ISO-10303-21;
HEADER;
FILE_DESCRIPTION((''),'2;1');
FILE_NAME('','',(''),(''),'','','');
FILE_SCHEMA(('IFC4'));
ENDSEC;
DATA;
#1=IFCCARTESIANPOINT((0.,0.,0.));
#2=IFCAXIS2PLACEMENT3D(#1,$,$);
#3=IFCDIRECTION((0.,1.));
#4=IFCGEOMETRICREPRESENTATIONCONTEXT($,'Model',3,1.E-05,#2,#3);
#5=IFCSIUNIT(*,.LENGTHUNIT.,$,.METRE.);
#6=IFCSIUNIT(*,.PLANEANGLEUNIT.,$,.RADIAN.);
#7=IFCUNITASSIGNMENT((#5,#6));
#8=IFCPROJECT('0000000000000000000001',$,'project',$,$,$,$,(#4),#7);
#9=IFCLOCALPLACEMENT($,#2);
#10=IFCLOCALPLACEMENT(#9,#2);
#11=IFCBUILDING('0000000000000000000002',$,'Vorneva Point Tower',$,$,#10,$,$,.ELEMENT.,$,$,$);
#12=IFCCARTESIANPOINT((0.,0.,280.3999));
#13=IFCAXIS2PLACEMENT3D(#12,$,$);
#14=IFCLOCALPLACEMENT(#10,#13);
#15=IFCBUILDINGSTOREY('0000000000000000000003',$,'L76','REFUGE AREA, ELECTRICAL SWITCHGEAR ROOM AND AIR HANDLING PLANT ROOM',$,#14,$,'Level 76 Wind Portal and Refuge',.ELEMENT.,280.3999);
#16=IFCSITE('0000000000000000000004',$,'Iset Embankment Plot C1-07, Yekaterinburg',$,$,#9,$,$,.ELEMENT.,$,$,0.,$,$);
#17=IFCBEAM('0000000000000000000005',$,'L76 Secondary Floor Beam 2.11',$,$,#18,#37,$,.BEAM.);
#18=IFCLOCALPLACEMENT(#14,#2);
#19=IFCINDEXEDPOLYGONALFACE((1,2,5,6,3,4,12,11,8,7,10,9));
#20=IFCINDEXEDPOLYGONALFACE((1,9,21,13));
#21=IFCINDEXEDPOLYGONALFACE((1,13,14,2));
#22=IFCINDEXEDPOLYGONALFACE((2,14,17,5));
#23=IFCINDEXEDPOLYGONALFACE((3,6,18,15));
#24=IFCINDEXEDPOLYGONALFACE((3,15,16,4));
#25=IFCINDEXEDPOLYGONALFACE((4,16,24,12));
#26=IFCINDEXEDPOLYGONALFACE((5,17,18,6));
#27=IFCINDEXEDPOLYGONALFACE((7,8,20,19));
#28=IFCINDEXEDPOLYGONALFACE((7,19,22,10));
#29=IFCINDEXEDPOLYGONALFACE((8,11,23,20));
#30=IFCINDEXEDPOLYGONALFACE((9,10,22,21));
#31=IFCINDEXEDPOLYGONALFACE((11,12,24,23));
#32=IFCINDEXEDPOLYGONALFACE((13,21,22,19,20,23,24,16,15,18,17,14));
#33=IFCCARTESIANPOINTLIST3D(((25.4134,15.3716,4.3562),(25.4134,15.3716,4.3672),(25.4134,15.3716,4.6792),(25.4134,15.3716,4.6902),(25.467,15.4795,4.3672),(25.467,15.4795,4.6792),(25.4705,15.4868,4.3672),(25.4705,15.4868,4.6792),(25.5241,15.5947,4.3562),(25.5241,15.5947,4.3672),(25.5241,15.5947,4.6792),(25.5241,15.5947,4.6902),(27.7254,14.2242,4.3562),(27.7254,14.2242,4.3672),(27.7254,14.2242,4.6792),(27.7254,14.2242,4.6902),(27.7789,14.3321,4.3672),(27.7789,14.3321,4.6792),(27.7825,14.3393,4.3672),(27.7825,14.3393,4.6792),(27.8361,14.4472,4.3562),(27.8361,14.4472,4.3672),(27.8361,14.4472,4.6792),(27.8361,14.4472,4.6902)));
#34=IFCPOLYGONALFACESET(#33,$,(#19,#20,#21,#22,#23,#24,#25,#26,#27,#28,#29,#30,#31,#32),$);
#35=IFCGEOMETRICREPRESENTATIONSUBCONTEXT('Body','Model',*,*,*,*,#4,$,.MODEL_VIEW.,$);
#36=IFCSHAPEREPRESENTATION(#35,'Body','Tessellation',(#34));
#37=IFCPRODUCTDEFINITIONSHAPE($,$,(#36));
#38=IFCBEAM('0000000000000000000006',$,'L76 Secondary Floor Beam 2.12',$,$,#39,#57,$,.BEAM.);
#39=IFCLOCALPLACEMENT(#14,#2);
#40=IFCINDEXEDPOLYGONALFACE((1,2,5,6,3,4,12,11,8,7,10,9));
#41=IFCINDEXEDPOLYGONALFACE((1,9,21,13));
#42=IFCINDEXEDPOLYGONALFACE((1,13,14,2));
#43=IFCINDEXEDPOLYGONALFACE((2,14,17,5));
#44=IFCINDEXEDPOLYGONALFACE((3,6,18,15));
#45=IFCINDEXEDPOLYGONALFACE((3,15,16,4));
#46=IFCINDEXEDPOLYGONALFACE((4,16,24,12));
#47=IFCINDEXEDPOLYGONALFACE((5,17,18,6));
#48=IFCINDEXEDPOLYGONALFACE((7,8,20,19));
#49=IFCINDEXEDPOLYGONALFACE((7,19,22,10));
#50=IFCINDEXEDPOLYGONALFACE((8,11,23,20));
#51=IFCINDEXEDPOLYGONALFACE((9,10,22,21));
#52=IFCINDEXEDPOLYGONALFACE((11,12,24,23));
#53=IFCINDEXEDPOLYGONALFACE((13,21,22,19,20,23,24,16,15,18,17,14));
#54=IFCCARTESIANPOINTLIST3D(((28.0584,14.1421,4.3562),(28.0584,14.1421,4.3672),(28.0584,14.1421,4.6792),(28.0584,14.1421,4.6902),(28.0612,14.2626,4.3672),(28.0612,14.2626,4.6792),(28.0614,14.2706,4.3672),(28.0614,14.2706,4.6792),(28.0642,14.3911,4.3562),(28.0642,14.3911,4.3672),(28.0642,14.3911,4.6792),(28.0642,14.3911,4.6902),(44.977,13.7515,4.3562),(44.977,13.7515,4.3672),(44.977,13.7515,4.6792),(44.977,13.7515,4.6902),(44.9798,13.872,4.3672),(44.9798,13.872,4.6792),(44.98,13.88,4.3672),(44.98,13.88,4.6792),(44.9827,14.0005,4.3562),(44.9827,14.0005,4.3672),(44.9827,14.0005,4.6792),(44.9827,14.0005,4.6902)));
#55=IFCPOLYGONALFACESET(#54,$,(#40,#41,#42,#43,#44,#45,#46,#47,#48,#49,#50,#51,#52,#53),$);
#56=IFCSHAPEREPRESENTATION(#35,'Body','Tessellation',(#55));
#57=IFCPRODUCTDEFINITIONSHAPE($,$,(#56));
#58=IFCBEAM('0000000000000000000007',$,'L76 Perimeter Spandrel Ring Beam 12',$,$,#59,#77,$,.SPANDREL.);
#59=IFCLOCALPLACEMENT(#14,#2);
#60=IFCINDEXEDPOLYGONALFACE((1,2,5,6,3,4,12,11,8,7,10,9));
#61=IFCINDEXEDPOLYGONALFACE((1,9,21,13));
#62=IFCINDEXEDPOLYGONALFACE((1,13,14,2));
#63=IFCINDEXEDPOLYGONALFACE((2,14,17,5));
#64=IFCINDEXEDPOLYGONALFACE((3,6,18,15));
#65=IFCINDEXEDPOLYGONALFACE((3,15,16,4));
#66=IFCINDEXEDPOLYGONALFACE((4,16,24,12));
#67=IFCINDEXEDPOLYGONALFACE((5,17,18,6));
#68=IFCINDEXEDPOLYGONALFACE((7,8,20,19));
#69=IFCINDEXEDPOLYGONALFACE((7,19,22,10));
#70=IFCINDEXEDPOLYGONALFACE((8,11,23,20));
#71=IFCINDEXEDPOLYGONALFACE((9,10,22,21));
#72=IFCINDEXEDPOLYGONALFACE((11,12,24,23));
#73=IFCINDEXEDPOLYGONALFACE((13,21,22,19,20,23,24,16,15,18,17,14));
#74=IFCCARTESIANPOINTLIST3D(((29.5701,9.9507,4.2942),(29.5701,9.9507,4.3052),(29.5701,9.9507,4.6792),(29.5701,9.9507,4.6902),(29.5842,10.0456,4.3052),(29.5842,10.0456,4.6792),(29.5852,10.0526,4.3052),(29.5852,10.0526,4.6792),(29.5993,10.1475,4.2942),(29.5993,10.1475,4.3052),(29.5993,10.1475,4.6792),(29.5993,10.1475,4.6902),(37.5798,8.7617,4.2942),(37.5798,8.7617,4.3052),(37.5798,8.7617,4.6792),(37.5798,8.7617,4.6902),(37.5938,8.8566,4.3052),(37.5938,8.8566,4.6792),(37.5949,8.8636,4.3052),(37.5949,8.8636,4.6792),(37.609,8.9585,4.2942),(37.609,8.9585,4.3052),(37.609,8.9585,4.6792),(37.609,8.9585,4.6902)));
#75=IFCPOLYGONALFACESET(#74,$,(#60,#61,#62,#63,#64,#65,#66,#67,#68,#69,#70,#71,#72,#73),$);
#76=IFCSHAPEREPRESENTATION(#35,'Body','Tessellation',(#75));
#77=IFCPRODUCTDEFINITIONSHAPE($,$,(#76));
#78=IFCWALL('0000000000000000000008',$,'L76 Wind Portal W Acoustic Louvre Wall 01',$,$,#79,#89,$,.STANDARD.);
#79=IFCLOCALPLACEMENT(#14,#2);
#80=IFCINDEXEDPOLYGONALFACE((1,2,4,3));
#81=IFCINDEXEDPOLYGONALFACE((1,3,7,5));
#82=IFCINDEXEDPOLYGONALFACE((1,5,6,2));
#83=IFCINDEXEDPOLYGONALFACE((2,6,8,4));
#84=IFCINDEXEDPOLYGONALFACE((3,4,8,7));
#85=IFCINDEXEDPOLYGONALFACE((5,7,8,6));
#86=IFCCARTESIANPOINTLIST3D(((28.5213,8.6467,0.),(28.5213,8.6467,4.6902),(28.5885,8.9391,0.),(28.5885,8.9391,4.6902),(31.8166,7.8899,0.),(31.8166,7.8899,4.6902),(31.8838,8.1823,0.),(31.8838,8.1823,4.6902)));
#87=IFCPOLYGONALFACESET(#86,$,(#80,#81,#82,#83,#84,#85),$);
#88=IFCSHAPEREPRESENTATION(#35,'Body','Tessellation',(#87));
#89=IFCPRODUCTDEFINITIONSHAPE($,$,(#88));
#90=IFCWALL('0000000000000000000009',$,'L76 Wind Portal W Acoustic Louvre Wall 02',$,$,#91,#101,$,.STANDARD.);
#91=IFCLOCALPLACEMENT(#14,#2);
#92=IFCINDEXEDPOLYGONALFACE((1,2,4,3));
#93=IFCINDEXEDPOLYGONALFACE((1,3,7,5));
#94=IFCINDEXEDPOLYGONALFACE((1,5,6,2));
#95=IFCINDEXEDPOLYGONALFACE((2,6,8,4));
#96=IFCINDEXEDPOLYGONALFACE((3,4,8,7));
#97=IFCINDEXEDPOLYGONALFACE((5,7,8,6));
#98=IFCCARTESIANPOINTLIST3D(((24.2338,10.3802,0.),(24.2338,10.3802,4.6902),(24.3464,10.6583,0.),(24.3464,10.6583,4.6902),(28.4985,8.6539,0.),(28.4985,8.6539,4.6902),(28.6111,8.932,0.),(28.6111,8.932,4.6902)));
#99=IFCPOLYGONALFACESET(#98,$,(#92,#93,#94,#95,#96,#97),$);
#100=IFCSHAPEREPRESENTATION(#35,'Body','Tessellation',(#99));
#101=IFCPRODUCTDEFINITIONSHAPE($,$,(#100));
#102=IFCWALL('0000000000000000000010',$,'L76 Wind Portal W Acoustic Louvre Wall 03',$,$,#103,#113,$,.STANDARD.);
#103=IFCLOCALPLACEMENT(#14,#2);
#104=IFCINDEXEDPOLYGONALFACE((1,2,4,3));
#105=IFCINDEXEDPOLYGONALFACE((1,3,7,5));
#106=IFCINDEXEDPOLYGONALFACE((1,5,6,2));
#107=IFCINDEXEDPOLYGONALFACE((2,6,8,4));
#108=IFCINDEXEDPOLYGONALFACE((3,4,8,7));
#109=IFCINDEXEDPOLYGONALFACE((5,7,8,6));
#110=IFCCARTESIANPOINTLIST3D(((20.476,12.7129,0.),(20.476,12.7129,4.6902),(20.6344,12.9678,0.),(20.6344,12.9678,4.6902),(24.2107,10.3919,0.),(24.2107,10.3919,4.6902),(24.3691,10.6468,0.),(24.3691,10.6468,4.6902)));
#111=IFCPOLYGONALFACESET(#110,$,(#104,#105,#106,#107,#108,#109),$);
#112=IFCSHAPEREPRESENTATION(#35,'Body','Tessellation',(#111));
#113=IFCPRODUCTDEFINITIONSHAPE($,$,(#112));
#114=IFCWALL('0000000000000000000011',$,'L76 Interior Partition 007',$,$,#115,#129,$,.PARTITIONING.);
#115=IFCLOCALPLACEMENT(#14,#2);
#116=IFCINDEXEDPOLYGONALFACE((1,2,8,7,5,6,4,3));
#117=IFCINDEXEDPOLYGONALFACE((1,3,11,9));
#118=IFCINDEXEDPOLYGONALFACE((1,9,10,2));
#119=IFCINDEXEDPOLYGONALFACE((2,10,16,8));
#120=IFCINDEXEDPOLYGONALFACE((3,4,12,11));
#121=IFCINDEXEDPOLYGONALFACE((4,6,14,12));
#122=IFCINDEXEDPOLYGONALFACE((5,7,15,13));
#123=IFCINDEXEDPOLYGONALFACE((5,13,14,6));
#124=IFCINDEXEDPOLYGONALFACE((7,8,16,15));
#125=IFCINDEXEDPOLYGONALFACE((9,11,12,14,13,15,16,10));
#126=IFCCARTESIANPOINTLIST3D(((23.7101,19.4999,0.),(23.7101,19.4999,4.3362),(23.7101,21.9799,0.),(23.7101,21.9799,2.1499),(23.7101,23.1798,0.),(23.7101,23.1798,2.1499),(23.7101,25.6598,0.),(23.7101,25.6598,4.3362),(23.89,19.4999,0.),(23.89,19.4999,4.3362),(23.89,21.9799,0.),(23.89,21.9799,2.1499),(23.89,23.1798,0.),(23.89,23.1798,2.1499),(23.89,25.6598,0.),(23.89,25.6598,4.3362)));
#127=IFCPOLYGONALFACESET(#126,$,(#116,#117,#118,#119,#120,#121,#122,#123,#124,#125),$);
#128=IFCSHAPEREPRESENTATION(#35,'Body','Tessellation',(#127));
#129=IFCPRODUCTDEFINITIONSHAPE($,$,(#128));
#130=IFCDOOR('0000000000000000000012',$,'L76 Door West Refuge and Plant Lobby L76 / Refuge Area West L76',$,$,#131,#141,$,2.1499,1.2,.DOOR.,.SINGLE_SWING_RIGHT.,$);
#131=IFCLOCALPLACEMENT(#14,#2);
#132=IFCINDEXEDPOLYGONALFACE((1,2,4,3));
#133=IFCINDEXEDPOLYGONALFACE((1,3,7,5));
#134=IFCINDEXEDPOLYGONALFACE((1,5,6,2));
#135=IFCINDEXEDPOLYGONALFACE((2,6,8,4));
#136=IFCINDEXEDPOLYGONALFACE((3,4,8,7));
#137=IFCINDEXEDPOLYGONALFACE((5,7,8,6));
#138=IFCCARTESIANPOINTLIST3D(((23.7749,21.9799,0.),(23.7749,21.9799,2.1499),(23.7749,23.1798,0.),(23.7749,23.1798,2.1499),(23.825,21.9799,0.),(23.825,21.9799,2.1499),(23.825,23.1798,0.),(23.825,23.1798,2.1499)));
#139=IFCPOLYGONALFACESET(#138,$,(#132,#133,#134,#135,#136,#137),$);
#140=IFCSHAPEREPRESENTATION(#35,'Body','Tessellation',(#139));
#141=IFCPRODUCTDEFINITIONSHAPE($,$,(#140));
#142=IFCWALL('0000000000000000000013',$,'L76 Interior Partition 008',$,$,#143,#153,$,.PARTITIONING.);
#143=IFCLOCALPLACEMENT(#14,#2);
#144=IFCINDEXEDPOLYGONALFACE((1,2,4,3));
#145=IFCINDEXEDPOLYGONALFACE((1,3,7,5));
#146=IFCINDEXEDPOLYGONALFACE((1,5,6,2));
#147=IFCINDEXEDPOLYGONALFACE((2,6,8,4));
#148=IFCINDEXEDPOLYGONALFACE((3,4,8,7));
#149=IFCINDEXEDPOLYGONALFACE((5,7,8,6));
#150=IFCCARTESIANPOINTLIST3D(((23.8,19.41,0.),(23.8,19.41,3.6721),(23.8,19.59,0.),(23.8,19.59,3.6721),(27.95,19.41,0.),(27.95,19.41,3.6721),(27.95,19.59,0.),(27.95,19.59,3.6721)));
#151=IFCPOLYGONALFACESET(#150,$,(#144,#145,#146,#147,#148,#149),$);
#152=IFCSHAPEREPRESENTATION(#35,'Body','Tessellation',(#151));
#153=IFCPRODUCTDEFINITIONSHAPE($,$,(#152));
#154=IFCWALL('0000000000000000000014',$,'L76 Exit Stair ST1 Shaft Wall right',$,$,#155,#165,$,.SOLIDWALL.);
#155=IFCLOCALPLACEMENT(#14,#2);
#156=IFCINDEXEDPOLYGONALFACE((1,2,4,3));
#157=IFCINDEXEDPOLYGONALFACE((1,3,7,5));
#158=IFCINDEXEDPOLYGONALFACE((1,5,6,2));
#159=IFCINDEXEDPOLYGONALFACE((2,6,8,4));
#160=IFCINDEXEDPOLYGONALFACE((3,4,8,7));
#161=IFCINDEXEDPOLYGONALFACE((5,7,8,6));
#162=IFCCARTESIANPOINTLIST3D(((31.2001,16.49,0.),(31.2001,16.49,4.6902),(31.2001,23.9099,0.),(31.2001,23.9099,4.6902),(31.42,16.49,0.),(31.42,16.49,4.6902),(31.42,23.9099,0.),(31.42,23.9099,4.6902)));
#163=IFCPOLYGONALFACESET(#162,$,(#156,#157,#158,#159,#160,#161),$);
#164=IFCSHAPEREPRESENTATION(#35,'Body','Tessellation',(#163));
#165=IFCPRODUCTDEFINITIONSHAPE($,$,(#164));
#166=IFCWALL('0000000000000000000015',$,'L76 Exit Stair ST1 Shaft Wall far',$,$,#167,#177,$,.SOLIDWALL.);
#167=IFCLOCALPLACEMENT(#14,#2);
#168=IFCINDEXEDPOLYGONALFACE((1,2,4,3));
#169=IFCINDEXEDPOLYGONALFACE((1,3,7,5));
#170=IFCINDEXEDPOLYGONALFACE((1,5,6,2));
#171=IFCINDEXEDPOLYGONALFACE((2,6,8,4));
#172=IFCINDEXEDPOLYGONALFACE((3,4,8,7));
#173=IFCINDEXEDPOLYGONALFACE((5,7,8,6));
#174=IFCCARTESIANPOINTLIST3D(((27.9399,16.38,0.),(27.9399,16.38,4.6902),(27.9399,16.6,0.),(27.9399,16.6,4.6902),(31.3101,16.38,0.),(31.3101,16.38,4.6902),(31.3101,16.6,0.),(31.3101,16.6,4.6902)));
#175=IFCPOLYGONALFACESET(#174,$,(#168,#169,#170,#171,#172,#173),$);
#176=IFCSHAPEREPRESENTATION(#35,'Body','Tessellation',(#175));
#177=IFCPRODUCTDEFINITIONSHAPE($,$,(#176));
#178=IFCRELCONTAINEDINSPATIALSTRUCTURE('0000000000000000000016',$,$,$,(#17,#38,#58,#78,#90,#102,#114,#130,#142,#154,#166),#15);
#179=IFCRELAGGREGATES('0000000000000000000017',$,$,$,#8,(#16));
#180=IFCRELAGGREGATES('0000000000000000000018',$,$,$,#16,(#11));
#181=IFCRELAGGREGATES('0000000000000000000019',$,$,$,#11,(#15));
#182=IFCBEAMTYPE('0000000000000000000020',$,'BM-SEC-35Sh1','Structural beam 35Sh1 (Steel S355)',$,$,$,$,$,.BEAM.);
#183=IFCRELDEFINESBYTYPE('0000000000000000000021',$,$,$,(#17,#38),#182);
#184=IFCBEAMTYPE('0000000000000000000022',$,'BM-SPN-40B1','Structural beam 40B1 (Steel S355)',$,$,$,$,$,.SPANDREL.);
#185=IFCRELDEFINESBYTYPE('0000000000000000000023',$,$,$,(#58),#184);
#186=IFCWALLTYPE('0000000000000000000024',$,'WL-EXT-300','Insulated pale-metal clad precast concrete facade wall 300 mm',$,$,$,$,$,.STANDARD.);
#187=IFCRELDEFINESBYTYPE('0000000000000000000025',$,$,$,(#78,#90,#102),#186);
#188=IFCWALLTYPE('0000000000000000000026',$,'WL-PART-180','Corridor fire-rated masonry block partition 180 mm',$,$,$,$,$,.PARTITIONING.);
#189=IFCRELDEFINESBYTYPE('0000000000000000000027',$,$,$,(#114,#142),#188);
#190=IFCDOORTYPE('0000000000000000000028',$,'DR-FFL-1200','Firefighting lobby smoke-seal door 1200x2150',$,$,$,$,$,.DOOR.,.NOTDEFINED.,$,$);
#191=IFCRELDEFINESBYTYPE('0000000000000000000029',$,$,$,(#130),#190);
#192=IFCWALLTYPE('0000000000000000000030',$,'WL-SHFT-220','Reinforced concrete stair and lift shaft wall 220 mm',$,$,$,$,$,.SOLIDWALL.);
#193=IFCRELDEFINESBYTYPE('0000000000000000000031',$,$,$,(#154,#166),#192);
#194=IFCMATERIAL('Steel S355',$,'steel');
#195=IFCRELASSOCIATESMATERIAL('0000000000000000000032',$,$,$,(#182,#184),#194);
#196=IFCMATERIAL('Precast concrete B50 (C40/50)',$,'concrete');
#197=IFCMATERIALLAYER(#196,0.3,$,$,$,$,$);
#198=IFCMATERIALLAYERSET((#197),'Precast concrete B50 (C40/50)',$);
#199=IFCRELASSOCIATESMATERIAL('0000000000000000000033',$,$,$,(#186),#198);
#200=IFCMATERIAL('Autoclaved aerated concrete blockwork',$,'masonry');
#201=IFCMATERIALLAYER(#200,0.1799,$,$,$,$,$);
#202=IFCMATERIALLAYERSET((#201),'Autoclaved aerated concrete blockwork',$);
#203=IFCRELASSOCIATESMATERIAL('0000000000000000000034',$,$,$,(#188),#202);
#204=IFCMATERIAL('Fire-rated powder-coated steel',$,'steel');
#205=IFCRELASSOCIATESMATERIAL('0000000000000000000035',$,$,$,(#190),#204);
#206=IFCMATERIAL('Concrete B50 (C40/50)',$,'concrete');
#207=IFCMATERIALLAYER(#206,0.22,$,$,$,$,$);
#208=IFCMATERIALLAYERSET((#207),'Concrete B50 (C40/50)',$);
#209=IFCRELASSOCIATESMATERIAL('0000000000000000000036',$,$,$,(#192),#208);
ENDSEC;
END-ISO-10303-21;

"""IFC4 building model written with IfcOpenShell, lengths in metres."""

from ifc_helpers import new_model, si_unit, direction, frame, frame_2d, origin, origin_2d, place, context, subcontext, project, spatial, rectangle, i_section, extrude, material, layer, layer_set, material_profile, profile_set, type_object, element, fill, save


model = new_model("IFC4")

# Units and contexts
model_context = context("Model", 3, precision=1e-05, world=origin(), true_north=direction((0.0, 1.0)))
body_context = subcontext(model_context, "Body", "Model", "MODEL_VIEW")
ifc_project = project(units=[si_unit("LENGTHUNIT", "METRE"), si_unit("PLANEANGLEUNIT", "RADIAN")], contexts=[model_context])

# Site, building, storey
site_placement = place(None, origin())
site = spatial("IfcSite", under=ifc_project, at=site_placement, Name="Iset Embankment Plot C1-07, Yekaterinburg", CompositionType="ELEMENT", RefElevation=0.0)
building_placement = place(site_placement, origin())
building = spatial("IfcBuilding", under=site, at=building_placement, Name="Vorneva Point Tower", CompositionType="ELEMENT")
storey_placement = place(building_placement, frame((0.0, 0.0, 280.3999)))
storey = spatial("IfcBuildingStorey", under=building, at=storey_placement, Name="L76", Description="REFUGE AREA, ELECTRICAL SWITCHGEAR ROOM AND AIR HANDLING PLANT ROOM", LongName="Level 76 Wind Portal and Refuge", CompositionType="ELEMENT", Elevation=280.3999)

# Shared definitions
ifc_material_1 = material(Name="Concrete B50 (C40/50)", Category="concrete")

# Beams
ifc_material_2 = material(Name="Steel S355", Category="steel")
ifc_material_profile_1 = material_profile(ifc_material_2, i_section(OverallWidth=0.249, OverallDepth=0.334, WebThickness=0.0081, FlangeThickness=0.011, at=origin_2d()), Name="35Sh1")
ifc_profile_set_1 = profile_set([ifc_material_profile_1], Name="Steel S355")
beam_type_1 = type_object("IfcBeamType", Name="BM-SEC-35Sh1", Description="Structural beam 35Sh1 (Steel S355)", PredefinedType="BEAM", material=ifc_profile_set_1)
beam_1_placement = place(storey_placement, frame((25.4688, 15.4832, 4.5232), z_axis=(0.895748, -0.444563, 0.0), x_axis=(0.444563, 0.895748, 0.0)))
element("IfcBeam", 1, at=beam_1_placement, inside=storey, type_object=beam_type_1, Name="L76 Secondary Floor Beam 2.11", PredefinedType="BEAM", context=body_context, shape_type="SweptSolid", body=[
    extrude(i_section(OverallWidth=0.249, OverallDepth=0.334, WebThickness=0.0081, FlangeThickness=0.011, at=origin_2d()), origin(), (0.0, 0.0, 1.0), 2.5811),
])
beam_2_placement = place(storey_placement, frame((28.0613, 14.2666, 4.5232), z_axis=(0.999734, -0.023082, 0.0), x_axis=(0.023082, 0.999734, 0.0)))
element("IfcBeam", 2, at=beam_2_placement, inside=storey, type_object=beam_type_1, Name="L76 Secondary Floor Beam 2.12", PredefinedType="BEAM", context=body_context, shape_type="SweptSolid", body=[
    extrude(i_section(OverallWidth=0.249, OverallDepth=0.334, WebThickness=0.0081, FlangeThickness=0.011, at=origin_2d()), origin(), (0.0, 0.0, 1.0), 16.9231),
])
ifc_material_profile_2 = material_profile(ifc_material_2, i_section(OverallWidth=0.199, OverallDepth=0.396, WebThickness=0.0071, FlangeThickness=0.011, at=origin_2d()), Name="40B1")
ifc_profile_set_2 = profile_set([ifc_material_profile_2], Name="Steel S355")
beam_type_2 = type_object("IfcBeamType", Name="BM-SPN-40B1", Description="Structural beam 40B1 (Steel S355)", PredefinedType="SPANDREL", material=ifc_profile_set_2)
beam_3_placement = place(storey_placement, frame((29.5847, 10.0491, 4.4922), z_axis=(0.989162, -0.146831, 0.0), x_axis=(0.146831, 0.989162, 0.0)))
element("IfcBeam", 3, at=beam_3_placement, inside=storey, type_object=beam_type_2, Name="L76 Perimeter Spandrel Ring Beam 12", PredefinedType="SPANDREL", context=body_context, shape_type="SweptSolid", body=[
    extrude(i_section(OverallWidth=0.199, OverallDepth=0.396, WebThickness=0.0071, FlangeThickness=0.011, at=origin_2d()), origin(), (0.0, 0.0, 1.0), 8.0974),
])

# Walls
ifc_material_3 = material(Name="Precast concrete B50 (C40/50)", Category="concrete")
ifc_layer_1 = layer(ifc_material_3, 0.3)
ifc_layer_set_1 = layer_set([ifc_layer_1], Name="Precast concrete B50 (C40/50)")
wall_type_1 = type_object("IfcWallType", Name="WL-EXT-300", Description="Insulated pale-metal clad precast concrete facade wall 300 mm", PredefinedType="STANDARD", material=ifc_layer_set_1)
wall_1_placement = place(storey_placement, frame((31.8501, 8.0361, 0.0), z_axis=(0.0, 0.0, 1.0), x_axis=(-0.974627, 0.223836, 0.0)))
element("IfcWall", 4, at=wall_1_placement, inside=storey, type_object=wall_type_1, Name="L76 Wind Portal W Acoustic Louvre Wall 01", PredefinedType="STANDARD", context=body_context, shape_type="SweptSolid", body=[
    extrude(rectangle(XDim=3.3811, YDim=0.3, at=frame_2d((1.6904, 0.0))), origin(), (0.0, 0.0, 1.0), 4.6902),
])
wall_2_placement = place(storey_placement, frame((28.5547, 8.793, 0.0), z_axis=(0.0, 0.0, 1.0), x_axis=(-0.926935, 0.375221, 0.0)))
element("IfcWall", 5, at=wall_2_placement, inside=storey, type_object=wall_type_1, Name="L76 Wind Portal W Acoustic Louvre Wall 02", PredefinedType="STANDARD", context=body_context, shape_type="SweptSolid", body=[
    extrude(rectangle(XDim=4.6008, YDim=0.3, at=frame_2d((2.3003, 0.0))), origin(), (0.0, 0.0, 1.0), 4.6902),
])
wall_3_placement = place(storey_placement, frame((24.29, 10.5193, 0.0), z_axis=(0.0, 0.0, 1.0), x_axis=(-0.849349, 0.527831, 0.0)))
element("IfcWall", 6, at=wall_3_placement, inside=storey, type_object=wall_type_1, Name="L76 Wind Portal W Acoustic Louvre Wall 03", PredefinedType="STANDARD", context=body_context, shape_type="SweptSolid", body=[
    extrude(rectangle(XDim=4.3972, YDim=0.3, at=frame_2d((2.1987, 0.0))), origin(), (0.0, 0.0, 1.0), 4.6902),
])

# Wall, opening, door
ifc_material_4 = material(Name="Autoclaved aerated concrete blockwork", Category="masonry")
ifc_layer_2 = layer(ifc_material_4, 0.1799)
ifc_layer_set_2 = layer_set([ifc_layer_2], Name="Autoclaved aerated concrete blockwork")
wall_type_2 = type_object("IfcWallType", Name="WL-PART-180", Description="Corridor fire-rated masonry block partition 180 mm", PredefinedType="PARTITIONING", material=ifc_layer_set_2)
wall_4_placement = place(storey_placement, frame((23.8, 25.6599, 0.0), z_axis=(0.0, 0.0, 1.0), x_axis=(0.0, -1.0, 0.0)))
wall_4 = element("IfcWall", 7, at=wall_4_placement, inside=storey, type_object=wall_type_2, Name="L76 Interior Partition 007", PredefinedType="PARTITIONING", context=body_context, shape_type="SweptSolid", body=[
    extrude(rectangle(XDim=6.1599, YDim=0.1799, at=frame_2d((3.0801, 0.0))), origin(), (0.0, 0.0, 1.0), 4.3362),
])
opening_1_placement = place(wall_4_placement, frame((2.48, 0.0, 0.0)))
opening_1 = element("IfcOpeningElement", 8, at=opening_1_placement, cuts=wall_4, PredefinedType="OPENING", context=body_context, shape_type="SweptSolid", body=[
    extrude(rectangle(XDim=1.2, YDim=2.1499, at=frame_2d((0.6001, 1.075))), frame((0.0, 0.105, 0.0), z_axis=(0.0, -1.0, 0.0), x_axis=(1.0, 0.0, 0.0)), (0.0, 0.0, 1.0), 0.2097),
])
ifc_material_5 = material(Name="Fire-rated powder-coated steel", Category="steel")
door_type_1 = type_object("IfcDoorType", Name="DR-FFL-1200", Description="Firefighting lobby smoke-seal door 1200x2150", OperationType="NOTDEFINED", PredefinedType="DOOR", material=ifc_material_5)
door_1_placement = place(opening_1_placement, origin())
door_1 = element("IfcDoor", 9, at=door_1_placement, inside=storey, type_object=door_type_1, Name="L76 Door West Refuge and Plant Lobby L76 / Refuge Area West L76", OperationType="SINGLE_SWING_RIGHT", OverallHeight=2.1499, OverallWidth=1.2, PredefinedType="DOOR", context=body_context, shape_type="SweptSolid", body=[
    extrude(rectangle(XDim=1.2, YDim=2.1499, at=frame_2d((0.6001, 1.075))), frame((0.0, 0.0249, 0.0), z_axis=(0.0, -1.0, 0.0), x_axis=(1.0, 0.0, 0.0)), (0.0, 0.0, 1.0), 0.05),
])
fill(opening_1, door_1)

# Wall
wall_5_placement = place(storey_placement, frame((23.8, 19.5, 0.0), z_axis=(0.0, 0.0, 1.0), x_axis=(1.0, 0.0, 0.0)))
element("IfcWall", 10, at=wall_5_placement, inside=storey, type_object=wall_type_2, Name="L76 Interior Partition 008", PredefinedType="PARTITIONING", context=body_context, shape_type="SweptSolid", body=[
    extrude(rectangle(XDim=4.1499, YDim=0.1799, at=frame_2d((2.075, 0.0))), origin(), (0.0, 0.0, 1.0), 3.6721),
])

# Shared definitions
ifc_layer_3 = layer(ifc_material_1, 0.22)
ifc_layer_set_3 = layer_set([ifc_layer_3], Name="Concrete B50 (C40/50)")
wall_type_3 = type_object("IfcWallType", Name="WL-SHFT-220", Description="Reinforced concrete stair and lift shaft wall 220 mm", PredefinedType="SOLIDWALL", material=ifc_layer_set_3)

# Walls
wall_6_placement = place(storey_placement, frame((31.3101, 23.9099, 0.0), z_axis=(0.0, 0.0, 1.0), x_axis=(0.0, -1.0, 0.0)))
element("IfcWall", 11, at=wall_6_placement, inside=storey, type_object=wall_type_3, Name="L76 Exit Stair ST1 Shaft Wall right", PredefinedType="SOLIDWALL", context=body_context, shape_type="SweptSolid", body=[
    extrude(rectangle(XDim=7.4199, YDim=0.22, at=frame_2d((3.71, 0.0))), origin(), (0.0, 0.0, 1.0), 4.6902),
])
wall_7_placement = place(storey_placement, frame((31.3101, 16.49, 0.0), z_axis=(0.0, 0.0, 1.0), x_axis=(-1.0, 0.0, 0.0)))
element("IfcWall", 12, at=wall_7_placement, inside=storey, type_object=wall_type_3, Name="L76 Exit Stair ST1 Shaft Wall far", PredefinedType="SOLIDWALL", context=body_context, shape_type="SweptSolid", body=[
    extrude(rectangle(XDim=3.3701, YDim=0.22, at=frame_2d((1.6851, 0.0))), origin(), (0.0, 0.0, 1.0), 4.6902),
])

save(model, "model.ifc")
